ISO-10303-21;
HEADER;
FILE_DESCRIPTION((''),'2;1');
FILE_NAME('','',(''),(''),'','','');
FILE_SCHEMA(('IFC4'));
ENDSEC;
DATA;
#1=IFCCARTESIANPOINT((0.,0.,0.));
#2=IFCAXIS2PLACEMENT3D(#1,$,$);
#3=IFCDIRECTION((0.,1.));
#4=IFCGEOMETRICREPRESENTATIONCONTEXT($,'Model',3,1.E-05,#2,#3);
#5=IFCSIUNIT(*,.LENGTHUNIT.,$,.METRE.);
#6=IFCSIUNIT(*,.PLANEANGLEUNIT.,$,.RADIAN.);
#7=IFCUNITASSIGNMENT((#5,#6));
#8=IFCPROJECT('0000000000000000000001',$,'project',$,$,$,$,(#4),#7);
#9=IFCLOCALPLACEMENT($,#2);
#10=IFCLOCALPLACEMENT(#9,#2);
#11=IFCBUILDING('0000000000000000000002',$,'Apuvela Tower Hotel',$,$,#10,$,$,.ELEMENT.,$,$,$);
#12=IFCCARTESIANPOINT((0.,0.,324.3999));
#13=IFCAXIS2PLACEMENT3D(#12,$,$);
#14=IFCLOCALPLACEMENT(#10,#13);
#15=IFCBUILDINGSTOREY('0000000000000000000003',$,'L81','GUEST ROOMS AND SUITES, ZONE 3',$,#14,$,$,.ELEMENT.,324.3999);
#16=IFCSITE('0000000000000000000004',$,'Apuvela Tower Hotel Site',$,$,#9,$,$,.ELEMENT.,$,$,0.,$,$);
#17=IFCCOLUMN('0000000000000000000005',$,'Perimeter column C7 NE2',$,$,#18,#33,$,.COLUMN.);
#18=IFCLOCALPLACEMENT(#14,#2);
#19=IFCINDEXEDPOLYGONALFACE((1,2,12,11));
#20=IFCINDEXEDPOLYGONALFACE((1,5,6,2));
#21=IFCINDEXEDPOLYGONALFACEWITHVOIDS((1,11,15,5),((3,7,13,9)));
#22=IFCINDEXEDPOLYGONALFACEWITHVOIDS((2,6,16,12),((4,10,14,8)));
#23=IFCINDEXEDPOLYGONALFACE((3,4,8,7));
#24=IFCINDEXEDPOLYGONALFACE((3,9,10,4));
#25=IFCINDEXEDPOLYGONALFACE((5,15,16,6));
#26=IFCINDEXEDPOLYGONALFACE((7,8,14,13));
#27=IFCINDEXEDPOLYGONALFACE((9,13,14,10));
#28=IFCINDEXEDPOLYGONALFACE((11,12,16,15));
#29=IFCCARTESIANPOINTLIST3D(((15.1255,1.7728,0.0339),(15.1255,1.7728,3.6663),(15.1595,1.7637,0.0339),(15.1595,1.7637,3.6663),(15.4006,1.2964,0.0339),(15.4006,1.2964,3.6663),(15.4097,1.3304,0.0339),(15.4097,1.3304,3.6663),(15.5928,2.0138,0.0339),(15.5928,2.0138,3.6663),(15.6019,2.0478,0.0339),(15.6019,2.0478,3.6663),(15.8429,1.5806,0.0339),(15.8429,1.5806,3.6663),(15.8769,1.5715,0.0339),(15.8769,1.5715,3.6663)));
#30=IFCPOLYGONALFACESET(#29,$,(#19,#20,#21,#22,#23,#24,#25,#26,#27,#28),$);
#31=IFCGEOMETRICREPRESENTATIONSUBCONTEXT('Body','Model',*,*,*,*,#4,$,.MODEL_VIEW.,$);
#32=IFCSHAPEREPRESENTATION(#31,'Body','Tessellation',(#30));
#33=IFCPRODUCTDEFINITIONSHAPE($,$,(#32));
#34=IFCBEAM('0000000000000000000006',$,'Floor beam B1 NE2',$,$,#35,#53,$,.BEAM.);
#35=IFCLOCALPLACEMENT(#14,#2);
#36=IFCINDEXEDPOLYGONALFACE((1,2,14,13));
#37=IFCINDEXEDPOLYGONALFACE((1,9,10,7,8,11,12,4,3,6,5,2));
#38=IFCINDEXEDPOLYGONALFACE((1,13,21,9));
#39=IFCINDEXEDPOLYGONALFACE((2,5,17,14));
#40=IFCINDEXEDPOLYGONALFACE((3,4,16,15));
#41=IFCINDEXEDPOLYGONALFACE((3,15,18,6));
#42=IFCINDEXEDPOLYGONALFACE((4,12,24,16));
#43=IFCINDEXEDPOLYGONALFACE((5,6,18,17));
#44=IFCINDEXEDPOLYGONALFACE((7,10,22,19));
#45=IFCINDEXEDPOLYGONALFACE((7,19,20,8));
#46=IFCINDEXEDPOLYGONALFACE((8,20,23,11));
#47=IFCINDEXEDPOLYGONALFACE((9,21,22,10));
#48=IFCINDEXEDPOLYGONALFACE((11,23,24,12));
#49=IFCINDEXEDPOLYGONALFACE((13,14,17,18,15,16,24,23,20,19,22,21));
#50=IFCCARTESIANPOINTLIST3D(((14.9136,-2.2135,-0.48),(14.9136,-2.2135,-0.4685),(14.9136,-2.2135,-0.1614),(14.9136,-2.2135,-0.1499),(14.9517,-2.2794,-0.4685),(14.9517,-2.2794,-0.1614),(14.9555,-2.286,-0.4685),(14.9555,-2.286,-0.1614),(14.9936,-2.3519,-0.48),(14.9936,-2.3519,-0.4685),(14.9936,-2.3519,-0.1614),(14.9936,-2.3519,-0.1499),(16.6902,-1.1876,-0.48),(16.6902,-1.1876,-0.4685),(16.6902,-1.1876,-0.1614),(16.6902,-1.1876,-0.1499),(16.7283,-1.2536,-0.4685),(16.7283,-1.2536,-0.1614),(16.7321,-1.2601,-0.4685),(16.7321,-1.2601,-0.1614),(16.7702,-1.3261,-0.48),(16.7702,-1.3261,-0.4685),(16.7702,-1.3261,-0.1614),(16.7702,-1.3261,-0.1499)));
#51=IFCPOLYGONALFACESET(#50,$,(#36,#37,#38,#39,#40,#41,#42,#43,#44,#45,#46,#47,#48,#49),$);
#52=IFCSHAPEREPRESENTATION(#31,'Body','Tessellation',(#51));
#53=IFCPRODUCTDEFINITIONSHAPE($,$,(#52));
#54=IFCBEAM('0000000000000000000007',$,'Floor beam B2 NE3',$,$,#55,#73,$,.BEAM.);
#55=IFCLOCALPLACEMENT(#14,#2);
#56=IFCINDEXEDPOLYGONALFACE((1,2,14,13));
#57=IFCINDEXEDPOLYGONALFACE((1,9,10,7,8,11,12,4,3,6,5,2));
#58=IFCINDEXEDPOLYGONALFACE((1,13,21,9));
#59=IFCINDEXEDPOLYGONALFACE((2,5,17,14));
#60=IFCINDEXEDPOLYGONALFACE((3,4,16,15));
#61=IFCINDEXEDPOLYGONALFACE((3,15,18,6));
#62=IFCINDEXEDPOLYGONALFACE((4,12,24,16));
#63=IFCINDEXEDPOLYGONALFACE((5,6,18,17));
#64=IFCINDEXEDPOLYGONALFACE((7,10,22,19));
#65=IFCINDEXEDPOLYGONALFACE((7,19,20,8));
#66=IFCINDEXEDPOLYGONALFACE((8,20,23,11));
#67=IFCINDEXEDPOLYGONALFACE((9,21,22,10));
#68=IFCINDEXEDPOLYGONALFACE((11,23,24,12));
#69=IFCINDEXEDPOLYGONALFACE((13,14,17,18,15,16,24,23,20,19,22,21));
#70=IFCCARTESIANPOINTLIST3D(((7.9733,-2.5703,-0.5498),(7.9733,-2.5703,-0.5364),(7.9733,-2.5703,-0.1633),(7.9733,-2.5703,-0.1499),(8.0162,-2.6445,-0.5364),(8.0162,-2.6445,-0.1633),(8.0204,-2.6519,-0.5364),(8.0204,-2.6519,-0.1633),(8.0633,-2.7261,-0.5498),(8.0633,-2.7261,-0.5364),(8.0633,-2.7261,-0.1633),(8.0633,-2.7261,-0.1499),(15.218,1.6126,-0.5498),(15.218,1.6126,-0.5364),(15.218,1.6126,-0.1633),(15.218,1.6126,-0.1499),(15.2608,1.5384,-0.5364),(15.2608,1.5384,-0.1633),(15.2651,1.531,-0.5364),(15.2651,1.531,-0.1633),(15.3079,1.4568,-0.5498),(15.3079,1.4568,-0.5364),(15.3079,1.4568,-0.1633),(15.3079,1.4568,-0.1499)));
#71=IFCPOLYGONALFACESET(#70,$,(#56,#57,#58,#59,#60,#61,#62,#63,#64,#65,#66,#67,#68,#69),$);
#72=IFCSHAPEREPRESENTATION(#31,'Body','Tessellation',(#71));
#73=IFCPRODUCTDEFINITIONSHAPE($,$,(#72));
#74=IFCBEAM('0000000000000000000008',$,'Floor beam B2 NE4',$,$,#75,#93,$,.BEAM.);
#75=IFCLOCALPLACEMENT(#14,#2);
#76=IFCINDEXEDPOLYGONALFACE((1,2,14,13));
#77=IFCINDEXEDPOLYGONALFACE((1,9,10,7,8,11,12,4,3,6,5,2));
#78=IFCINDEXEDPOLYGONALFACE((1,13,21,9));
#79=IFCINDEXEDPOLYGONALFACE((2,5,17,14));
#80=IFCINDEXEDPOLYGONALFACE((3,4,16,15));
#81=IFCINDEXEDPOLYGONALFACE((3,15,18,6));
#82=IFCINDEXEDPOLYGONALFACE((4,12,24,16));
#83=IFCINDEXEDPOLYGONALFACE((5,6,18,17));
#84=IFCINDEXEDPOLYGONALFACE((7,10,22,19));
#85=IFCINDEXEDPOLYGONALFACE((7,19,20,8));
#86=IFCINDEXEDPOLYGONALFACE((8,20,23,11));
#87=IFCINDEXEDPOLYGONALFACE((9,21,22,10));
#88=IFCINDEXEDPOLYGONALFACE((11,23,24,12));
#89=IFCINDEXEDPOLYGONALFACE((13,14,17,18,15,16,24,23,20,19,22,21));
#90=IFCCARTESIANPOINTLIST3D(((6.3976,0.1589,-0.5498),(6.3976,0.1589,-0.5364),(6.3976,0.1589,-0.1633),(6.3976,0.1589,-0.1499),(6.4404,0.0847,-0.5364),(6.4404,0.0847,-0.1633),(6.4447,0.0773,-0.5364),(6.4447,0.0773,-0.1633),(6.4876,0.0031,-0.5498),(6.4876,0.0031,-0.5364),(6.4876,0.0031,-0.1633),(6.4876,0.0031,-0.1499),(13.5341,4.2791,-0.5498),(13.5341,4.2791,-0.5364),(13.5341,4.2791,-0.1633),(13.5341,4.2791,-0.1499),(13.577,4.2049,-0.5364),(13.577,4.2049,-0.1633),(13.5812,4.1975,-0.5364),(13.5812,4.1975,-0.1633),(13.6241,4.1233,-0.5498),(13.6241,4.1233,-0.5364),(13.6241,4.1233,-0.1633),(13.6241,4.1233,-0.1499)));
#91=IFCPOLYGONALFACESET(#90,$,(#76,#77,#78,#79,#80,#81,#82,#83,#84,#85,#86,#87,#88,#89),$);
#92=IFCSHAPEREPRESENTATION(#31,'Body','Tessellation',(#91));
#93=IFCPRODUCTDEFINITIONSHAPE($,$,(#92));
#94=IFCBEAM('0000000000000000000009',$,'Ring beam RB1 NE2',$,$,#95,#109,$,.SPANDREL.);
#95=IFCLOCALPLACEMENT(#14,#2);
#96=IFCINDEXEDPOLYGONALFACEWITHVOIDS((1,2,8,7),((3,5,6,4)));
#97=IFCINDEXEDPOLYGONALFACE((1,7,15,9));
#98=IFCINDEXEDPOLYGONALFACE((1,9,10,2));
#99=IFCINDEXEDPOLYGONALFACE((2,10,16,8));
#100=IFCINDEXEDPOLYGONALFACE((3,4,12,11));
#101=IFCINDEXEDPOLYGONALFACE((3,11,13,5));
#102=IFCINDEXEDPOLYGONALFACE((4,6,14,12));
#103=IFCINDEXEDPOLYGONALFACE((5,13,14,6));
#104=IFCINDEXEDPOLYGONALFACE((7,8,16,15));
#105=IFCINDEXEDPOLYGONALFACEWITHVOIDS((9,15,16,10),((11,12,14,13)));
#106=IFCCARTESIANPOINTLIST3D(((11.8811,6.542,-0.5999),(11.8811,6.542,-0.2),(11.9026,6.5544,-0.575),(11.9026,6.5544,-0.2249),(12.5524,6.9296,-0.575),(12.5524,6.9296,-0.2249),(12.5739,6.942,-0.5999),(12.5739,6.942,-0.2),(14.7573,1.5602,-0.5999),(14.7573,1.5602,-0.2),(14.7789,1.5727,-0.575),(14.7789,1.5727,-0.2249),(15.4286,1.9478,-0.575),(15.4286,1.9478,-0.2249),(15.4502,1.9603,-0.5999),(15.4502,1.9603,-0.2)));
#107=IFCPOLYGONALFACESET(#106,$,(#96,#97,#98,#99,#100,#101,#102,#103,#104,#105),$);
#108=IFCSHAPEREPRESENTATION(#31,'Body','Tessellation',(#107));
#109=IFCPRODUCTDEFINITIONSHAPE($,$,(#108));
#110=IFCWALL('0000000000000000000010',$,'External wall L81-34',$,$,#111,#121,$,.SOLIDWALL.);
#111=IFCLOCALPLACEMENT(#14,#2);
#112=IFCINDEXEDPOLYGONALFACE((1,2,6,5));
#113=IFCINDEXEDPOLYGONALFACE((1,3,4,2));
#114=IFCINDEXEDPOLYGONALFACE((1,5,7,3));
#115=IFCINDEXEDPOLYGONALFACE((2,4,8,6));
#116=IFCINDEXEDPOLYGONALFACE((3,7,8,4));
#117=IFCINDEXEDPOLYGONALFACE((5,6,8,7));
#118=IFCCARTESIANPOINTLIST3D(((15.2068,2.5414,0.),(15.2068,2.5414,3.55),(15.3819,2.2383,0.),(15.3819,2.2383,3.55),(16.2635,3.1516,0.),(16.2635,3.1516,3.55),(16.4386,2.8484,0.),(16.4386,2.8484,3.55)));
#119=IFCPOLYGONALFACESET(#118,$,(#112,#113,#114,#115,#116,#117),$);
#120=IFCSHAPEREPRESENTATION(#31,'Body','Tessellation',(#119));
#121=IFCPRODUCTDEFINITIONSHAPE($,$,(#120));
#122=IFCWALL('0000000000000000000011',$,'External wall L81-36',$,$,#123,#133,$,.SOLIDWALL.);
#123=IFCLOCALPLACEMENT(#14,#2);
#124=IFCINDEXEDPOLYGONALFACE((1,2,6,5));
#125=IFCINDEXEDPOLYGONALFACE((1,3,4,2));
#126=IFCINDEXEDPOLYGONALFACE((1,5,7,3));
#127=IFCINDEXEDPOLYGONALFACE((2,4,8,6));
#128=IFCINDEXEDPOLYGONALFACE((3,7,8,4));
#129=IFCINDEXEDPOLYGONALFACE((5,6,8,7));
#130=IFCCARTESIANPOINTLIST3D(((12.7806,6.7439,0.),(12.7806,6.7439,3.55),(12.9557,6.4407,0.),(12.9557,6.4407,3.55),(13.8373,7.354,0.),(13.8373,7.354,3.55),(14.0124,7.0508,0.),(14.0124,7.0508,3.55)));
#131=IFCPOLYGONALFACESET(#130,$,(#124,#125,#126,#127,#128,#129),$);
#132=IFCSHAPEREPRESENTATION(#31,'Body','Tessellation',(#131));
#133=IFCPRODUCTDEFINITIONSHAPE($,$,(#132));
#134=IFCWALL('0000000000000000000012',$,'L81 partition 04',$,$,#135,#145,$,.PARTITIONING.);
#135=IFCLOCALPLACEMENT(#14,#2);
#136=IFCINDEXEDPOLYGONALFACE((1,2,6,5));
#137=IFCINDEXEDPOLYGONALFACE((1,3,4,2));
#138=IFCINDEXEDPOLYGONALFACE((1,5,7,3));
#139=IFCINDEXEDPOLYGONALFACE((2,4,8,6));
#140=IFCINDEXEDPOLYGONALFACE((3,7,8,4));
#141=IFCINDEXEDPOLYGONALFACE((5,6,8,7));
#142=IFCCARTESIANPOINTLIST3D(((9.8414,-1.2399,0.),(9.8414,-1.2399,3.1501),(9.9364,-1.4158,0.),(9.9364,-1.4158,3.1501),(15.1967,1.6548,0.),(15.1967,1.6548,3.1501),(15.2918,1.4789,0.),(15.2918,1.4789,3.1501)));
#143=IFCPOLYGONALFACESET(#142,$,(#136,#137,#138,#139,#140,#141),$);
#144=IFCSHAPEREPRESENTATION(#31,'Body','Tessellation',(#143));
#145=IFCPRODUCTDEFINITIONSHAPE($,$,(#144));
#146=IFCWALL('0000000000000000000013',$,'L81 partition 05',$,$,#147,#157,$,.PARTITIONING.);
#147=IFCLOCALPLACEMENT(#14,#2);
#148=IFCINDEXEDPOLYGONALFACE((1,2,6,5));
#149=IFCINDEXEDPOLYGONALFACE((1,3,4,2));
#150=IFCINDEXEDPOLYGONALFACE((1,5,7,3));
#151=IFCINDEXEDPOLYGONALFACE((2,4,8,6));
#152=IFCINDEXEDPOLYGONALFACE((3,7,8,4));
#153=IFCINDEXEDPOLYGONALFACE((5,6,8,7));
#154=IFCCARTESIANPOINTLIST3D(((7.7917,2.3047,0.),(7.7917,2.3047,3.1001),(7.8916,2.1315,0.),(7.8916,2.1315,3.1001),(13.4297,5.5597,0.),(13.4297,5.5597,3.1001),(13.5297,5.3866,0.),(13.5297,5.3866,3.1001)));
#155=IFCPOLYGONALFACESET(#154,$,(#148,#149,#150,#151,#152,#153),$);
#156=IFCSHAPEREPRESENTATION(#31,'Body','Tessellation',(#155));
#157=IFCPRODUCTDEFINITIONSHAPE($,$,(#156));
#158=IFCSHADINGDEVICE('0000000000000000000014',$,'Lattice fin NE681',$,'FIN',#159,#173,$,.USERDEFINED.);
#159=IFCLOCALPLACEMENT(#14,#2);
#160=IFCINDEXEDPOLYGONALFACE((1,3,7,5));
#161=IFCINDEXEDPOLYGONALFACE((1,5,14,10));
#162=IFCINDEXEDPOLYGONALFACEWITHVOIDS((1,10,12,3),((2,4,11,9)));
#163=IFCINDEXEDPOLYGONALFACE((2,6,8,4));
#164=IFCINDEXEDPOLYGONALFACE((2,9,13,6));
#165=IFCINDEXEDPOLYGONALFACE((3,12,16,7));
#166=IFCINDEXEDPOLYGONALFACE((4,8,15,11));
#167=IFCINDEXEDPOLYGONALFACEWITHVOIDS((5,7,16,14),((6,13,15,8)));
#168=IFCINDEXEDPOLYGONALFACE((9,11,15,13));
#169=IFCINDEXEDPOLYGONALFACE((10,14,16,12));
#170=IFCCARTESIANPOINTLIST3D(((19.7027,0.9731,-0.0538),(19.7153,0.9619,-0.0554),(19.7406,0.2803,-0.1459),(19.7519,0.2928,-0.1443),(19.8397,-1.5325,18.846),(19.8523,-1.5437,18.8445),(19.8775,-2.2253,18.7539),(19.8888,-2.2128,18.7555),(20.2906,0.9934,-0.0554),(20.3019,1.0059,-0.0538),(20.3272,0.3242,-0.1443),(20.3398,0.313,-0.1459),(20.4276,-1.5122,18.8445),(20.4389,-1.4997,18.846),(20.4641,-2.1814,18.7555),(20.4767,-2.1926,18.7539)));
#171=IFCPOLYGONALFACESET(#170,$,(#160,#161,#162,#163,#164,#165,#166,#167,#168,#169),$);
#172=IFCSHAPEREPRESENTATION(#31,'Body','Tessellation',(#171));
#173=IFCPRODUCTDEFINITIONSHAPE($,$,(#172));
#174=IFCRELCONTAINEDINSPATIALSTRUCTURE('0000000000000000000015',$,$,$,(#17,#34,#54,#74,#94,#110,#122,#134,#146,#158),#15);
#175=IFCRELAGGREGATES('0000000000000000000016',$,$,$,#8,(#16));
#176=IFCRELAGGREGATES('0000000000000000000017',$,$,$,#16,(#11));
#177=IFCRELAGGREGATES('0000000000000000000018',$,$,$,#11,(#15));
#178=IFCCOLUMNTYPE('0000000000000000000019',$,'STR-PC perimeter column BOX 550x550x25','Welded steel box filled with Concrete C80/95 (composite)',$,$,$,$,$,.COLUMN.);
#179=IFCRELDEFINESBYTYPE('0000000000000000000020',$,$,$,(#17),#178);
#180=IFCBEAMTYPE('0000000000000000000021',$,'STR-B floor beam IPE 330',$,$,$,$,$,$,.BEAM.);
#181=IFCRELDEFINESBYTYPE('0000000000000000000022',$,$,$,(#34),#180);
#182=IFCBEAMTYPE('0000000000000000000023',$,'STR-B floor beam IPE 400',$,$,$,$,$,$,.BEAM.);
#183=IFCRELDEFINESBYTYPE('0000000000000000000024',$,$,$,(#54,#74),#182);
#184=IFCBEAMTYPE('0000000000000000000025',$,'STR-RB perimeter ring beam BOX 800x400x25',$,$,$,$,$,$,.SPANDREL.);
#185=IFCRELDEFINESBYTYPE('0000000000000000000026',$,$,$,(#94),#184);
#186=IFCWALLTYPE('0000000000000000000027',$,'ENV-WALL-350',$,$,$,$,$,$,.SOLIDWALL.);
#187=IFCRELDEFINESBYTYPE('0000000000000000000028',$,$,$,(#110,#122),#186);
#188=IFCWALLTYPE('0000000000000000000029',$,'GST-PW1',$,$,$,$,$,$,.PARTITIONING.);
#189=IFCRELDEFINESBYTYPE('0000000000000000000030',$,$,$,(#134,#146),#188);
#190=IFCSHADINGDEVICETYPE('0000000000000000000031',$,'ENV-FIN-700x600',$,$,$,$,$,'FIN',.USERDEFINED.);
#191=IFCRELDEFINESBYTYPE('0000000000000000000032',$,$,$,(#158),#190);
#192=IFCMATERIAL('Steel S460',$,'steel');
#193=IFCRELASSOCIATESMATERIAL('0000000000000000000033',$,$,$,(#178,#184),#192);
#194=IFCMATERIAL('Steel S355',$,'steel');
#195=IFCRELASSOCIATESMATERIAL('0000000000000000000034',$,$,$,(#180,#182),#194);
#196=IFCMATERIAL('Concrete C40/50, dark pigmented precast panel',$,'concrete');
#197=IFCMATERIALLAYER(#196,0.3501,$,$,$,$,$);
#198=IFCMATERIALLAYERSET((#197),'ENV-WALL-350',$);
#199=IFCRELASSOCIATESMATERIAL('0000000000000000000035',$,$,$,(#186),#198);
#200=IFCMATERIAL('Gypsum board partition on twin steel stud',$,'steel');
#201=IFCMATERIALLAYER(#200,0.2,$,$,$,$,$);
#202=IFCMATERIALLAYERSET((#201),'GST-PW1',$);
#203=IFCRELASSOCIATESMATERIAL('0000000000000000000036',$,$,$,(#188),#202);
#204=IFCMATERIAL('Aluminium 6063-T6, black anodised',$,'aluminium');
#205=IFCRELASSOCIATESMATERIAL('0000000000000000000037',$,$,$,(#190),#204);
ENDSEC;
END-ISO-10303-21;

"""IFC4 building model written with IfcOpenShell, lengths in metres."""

from ifc_helpers import new_model, si_unit, direction, frame, frame_2d, origin, origin_2d, place, context, subcontext, project, spatial, rectangle, hollow_rectangle, i_section, extrude, boolean, halfspace, material, layer, layer_set, material_profile, profile_set, type_object, element, save


model = new_model("IFC4")

# Units and contexts
model_context = context("Model", 3, precision=1e-05, world=origin(), true_north=direction((0.0, 1.0)))
body_context = subcontext(model_context, "Body", "Model", "MODEL_VIEW")
ifc_project = project(units=[si_unit("LENGTHUNIT", "METRE"), si_unit("PLANEANGLEUNIT", "RADIAN")], contexts=[model_context])

# Site, building, storey
site_placement = place(None, origin())
site = spatial("IfcSite", under=ifc_project, at=site_placement, Name="Apuvela Tower Hotel Site", CompositionType="ELEMENT", RefElevation=0.0)
building_placement = place(site_placement, origin())
building = spatial("IfcBuilding", under=site, at=building_placement, Name="Apuvela Tower Hotel", CompositionType="ELEMENT")
storey_placement = place(building_placement, frame((0.0, 0.0, 324.3999)))
storey = spatial("IfcBuildingStorey", under=building, at=storey_placement, Name="L81", Description="GUEST ROOMS AND SUITES, ZONE 3", CompositionType="ELEMENT", Elevation=324.3999)

# Column
ifc_material_1 = material(Name="Steel S460", Category="steel")
ifc_material_profile_1 = material_profile(ifc_material_1, hollow_rectangle(XDim=0.55, YDim=0.55, WallThickness=0.0249, at=origin_2d()), Name="BOX 550x550x25")
ifc_material_2 = material(Name="Concrete C80/95", Category="concrete")
ifc_material_profile_2 = material_profile(ifc_material_2, rectangle(XDim=0.5, YDim=0.5, at=origin_2d()), Name="Concrete C80/95 infill")
ifc_profile_set_1 = profile_set([ifc_material_profile_1, ifc_material_profile_2], Name="Steel S460")
column_type = type_object("IfcColumnType", Name="STR-PC perimeter column BOX 550x550x25", Description="Welded steel box filled with Concrete C80/95 (composite)", PredefinedType="COLUMN", material=ifc_profile_set_1)
column_placement = place(storey_placement, frame((15.5012, 1.6721, 0.0), z_axis=(0.0, 0.0, 1.0), x_axis=(-0.5, 0.866025, 0.0)))
element("IfcColumn", 1, at=column_placement, inside=storey, type_object=column_type, Name="Perimeter column C7 NE2", PredefinedType="COLUMN", context=body_context, shape_type="SweptSolid", body=[
    boolean("DIFFERENCE", boolean("DIFFERENCE", extrude(hollow_rectangle(XDim=0.55, YDim=0.55, WallThickness=0.0249, at=origin_2d()), origin(), (0.0, 0.0, 1.0), 3.7002), halfspace(frame((0.0, 0.0, 0.0339), z_axis=(0.0, 0.0, 1.0), x_axis=(1.0, 0.0, 0.0)), True)), halfspace(frame((0.0, 0.0, 3.6663), z_axis=(0.0, 0.0, 1.0), x_axis=(1.0, 0.0, 0.0)), False)),
])

# Beams
ifc_material_3 = material(Name="Steel S355", Category="steel")
ifc_material_profile_3 = material_profile(ifc_material_3, i_section(OverallWidth=0.1599, OverallDepth=0.3301, WebThickness=0.0076, FlangeThickness=0.0115, at=origin_2d()), Name="IPE 330")
ifc_profile_set_2 = profile_set([ifc_material_profile_3], Name="Steel S355")
beam_type_1 = type_object("IfcBeamType", Name="STR-B floor beam IPE 330", PredefinedType="BEAM", material=ifc_profile_set_2)
beam_1_placement = place(storey_placement, frame((16.7302, -1.2568, -0.3149), z_axis=(-0.865993, -0.500056, 0.0), x_axis=(0.500056, -0.865993, 0.0)))
element("IfcBeam", 2, at=beam_1_placement, inside=storey, type_object=beam_type_1, Name="Floor beam B1 NE2", PredefinedType="BEAM", context=body_context, shape_type="SweptSolid", body=[
    extrude(i_section(OverallWidth=0.1599, OverallDepth=0.3301, WebThickness=0.0076, FlangeThickness=0.0115, at=origin_2d()), origin(), (0.0, 0.0, 1.0), 2.0515),
])
ifc_material_profile_4 = material_profile(ifc_material_3, i_section(OverallWidth=0.1799, OverallDepth=0.3999, WebThickness=0.0085, FlangeThickness=0.0134, at=origin_2d()), Name="IPE 400")
ifc_profile_set_3 = profile_set([ifc_material_profile_4], Name="Steel S355")
beam_type_2 = type_object("IfcBeamType", Name="STR-B floor beam IPE 400", PredefinedType="BEAM", material=ifc_profile_set_3)
beam_2_placement = place(storey_placement, frame((15.2629, 1.5347, -0.3499), z_axis=(-0.866016, -0.500015, 0.0), x_axis=(0.500015, -0.866016, 0.0)))
element("IfcBeam", 3, at=beam_2_placement, inside=storey, type_object=beam_type_2, Name="Floor beam B2 NE3", PredefinedType="BEAM", context=body_context, shape_type="SweptSolid", body=[
    extrude(i_section(OverallWidth=0.1799, OverallDepth=0.3999, WebThickness=0.0085, FlangeThickness=0.0134, at=origin_2d()), origin(), (0.0, 0.0, 1.0), 8.3655),
])
beam_3_placement = place(storey_placement, frame((13.5791, 4.2012, -0.3499), z_axis=(-0.866032, -0.499988, 0.0), x_axis=(0.499988, -0.866032, 0.0)))
element("IfcBeam", 4, at=beam_3_placement, inside=storey, type_object=beam_type_2, Name="Floor beam B2 NE4", PredefinedType="BEAM", context=body_context, shape_type="SweptSolid", body=[
    extrude(i_section(OverallWidth=0.1799, OverallDepth=0.3999, WebThickness=0.0085, FlangeThickness=0.0134, at=origin_2d()), origin(), (0.0, 0.0, 1.0), 8.2405),
])
ifc_material_profile_5 = material_profile(ifc_material_1, hollow_rectangle(XDim=0.8, YDim=0.3999, WallThickness=0.0249, at=origin_2d()), Name="BOX 800x400x25")
ifc_profile_set_4 = profile_set([ifc_material_profile_5], Name="Steel S460")
beam_type_3 = type_object("IfcBeamType", Name="STR-RB perimeter ring beam BOX 800x400x25", PredefinedType="SPANDREL", material=ifc_profile_set_4)
beam_4_placement = place(storey_placement, frame((15.1038, 1.7603, -0.3999), z_axis=(-0.500005, 0.866022, 0.0), x_axis=(-0.866022, -0.500005, 0.0)))
element("IfcBeam", 5, at=beam_4_placement, inside=storey, type_object=beam_type_3, Name="Ring beam RB1 NE2", PredefinedType="SPANDREL", context=body_context, shape_type="SweptSolid", body=[
    extrude(hollow_rectangle(XDim=0.8, YDim=0.3999, WallThickness=0.0249, at=origin_2d()), origin(), (0.0, 0.0, 1.0), 5.7524),
])

# Wall
ifc_material_4 = material(Name="Concrete C40/50, dark pigmented precast panel", Category="concrete")
ifc_layer_1 = layer(ifc_material_4, 0.3501)
ifc_layer_set_1 = layer_set([ifc_layer_1], Name="ENV-WALL-350")
wall_type_1 = type_object("IfcWallType", Name="ENV-WALL-350", PredefinedType="SOLIDWALL", material=ifc_layer_set_1)
wall_1_placement = place(storey_placement, frame((16.3511, 3.0, 0.0), z_axis=(0.0, 0.0, 1.0), x_axis=(-0.866006, -0.500034, 0.0)))
element("IfcWall", 6, at=wall_1_placement, inside=storey, type_object=wall_type_1, Name="External wall L81-34", PredefinedType="SOLIDWALL", context=body_context, shape_type="SweptSolid", body=[
    extrude(rectangle(XDim=1.2202, YDim=0.3501, at=frame_2d((0.6101, 0.0))), origin(), (0.0, 0.0, 1.0), 3.55),
])

# Wall
wall_2_placement = place(storey_placement, frame((12.8682, 6.5923, 0.0), z_axis=(0.0, 0.0, 1.0), x_axis=(0.866006, 0.500034, 0.0)))
element("IfcWall", 7, at=wall_2_placement, inside=storey, type_object=wall_type_1, Name="External wall L81-36", PredefinedType="SOLIDWALL", context=body_context, shape_type="SweptSolid", body=[
    extrude(rectangle(XDim=1.2202, YDim=0.3501, at=frame_2d((0.6101, 0.0))), origin(), (0.0, 0.0, 1.0), 3.55),
])

# Walls
ifc_material_5 = material(Name="Gypsum board partition on twin steel stud", Category="steel")
ifc_layer_2 = layer(ifc_material_5, 0.2)
ifc_layer_set_2 = layer_set([ifc_layer_2], Name="GST-PW1")
wall_type_2 = type_object("IfcWallType", Name="GST-PW1", PredefinedType="PARTITIONING", material=ifc_layer_set_2)
wall_3_placement = place(storey_placement, frame((15.2444, 1.5669, 0.0), z_axis=(0.0, 0.0, 1.0), x_axis=(-0.879712, -0.475508, 0.0)))
element("IfcWall", 8, at=wall_3_placement, inside=storey, type_object=wall_type_2, Name="L81 partition 04", PredefinedType="PARTITIONING", context=body_context, shape_type="SweptSolid", body=[
    extrude(rectangle(XDim=6.0876, YDim=0.2, at=frame_2d((3.0439, 0.0))), origin(), (0.0, 0.0, 1.0), 3.1501),
])
wall_4_placement = place(storey_placement, frame((13.4797, 5.4731, 0.0), z_axis=(0.0, 0.0, 1.0), x_axis=(-0.866031, -0.499991, 0.0)))
element("IfcWall", 9, at=wall_4_placement, inside=storey, type_object=wall_type_2, Name="L81 partition 05", PredefinedType="PARTITIONING", context=body_context, shape_type="SweptSolid", body=[
    extrude(rectangle(XDim=6.5103, YDim=0.2, at=frame_2d((3.2551, 0.0))), origin(), (0.0, 0.0, 1.0), 3.1001),
])

# Shading device
ifc_material_6 = material(Name="Aluminium 6063-T6, black anodised", Category="aluminium")
ifc_material_profile_6 = material_profile(ifc_material_6, hollow_rectangle(XDim=0.6001, YDim=0.7, WallThickness=0.012, at=origin_2d()), Name="AL BOX 700x600x12")
ifc_profile_set_5 = profile_set([ifc_material_profile_6], Name="Aluminium 6063-T6, black anodised")
shading_device_type = type_object("IfcShadingDeviceType", Name="ENV-FIN-700x600", ElementType="FIN", PredefinedType="USERDEFINED", material=ifc_profile_set_5)
shading_device_1_placement = place(storey_placement, frame((20.0212, 0.6431, -0.0999), z_axis=(0.007184, -0.13142, 0.991301), x_axis=(0.998509, 0.054581, 0.0)))
element("IfcShadingDevice", 10, at=shading_device_1_placement, inside=storey, type_object=shading_device_type, Name="Lattice fin NE681", ObjectType="FIN", PredefinedType="USERDEFINED", context=body_context, shape_type="SweptSolid", body=[
    extrude(hollow_rectangle(XDim=0.6001, YDim=0.7, WallThickness=0.012, at=origin_2d()), origin(), (0.0, 0.0, 1.0), 19.0657),
])

save(model, "model.ifc")
